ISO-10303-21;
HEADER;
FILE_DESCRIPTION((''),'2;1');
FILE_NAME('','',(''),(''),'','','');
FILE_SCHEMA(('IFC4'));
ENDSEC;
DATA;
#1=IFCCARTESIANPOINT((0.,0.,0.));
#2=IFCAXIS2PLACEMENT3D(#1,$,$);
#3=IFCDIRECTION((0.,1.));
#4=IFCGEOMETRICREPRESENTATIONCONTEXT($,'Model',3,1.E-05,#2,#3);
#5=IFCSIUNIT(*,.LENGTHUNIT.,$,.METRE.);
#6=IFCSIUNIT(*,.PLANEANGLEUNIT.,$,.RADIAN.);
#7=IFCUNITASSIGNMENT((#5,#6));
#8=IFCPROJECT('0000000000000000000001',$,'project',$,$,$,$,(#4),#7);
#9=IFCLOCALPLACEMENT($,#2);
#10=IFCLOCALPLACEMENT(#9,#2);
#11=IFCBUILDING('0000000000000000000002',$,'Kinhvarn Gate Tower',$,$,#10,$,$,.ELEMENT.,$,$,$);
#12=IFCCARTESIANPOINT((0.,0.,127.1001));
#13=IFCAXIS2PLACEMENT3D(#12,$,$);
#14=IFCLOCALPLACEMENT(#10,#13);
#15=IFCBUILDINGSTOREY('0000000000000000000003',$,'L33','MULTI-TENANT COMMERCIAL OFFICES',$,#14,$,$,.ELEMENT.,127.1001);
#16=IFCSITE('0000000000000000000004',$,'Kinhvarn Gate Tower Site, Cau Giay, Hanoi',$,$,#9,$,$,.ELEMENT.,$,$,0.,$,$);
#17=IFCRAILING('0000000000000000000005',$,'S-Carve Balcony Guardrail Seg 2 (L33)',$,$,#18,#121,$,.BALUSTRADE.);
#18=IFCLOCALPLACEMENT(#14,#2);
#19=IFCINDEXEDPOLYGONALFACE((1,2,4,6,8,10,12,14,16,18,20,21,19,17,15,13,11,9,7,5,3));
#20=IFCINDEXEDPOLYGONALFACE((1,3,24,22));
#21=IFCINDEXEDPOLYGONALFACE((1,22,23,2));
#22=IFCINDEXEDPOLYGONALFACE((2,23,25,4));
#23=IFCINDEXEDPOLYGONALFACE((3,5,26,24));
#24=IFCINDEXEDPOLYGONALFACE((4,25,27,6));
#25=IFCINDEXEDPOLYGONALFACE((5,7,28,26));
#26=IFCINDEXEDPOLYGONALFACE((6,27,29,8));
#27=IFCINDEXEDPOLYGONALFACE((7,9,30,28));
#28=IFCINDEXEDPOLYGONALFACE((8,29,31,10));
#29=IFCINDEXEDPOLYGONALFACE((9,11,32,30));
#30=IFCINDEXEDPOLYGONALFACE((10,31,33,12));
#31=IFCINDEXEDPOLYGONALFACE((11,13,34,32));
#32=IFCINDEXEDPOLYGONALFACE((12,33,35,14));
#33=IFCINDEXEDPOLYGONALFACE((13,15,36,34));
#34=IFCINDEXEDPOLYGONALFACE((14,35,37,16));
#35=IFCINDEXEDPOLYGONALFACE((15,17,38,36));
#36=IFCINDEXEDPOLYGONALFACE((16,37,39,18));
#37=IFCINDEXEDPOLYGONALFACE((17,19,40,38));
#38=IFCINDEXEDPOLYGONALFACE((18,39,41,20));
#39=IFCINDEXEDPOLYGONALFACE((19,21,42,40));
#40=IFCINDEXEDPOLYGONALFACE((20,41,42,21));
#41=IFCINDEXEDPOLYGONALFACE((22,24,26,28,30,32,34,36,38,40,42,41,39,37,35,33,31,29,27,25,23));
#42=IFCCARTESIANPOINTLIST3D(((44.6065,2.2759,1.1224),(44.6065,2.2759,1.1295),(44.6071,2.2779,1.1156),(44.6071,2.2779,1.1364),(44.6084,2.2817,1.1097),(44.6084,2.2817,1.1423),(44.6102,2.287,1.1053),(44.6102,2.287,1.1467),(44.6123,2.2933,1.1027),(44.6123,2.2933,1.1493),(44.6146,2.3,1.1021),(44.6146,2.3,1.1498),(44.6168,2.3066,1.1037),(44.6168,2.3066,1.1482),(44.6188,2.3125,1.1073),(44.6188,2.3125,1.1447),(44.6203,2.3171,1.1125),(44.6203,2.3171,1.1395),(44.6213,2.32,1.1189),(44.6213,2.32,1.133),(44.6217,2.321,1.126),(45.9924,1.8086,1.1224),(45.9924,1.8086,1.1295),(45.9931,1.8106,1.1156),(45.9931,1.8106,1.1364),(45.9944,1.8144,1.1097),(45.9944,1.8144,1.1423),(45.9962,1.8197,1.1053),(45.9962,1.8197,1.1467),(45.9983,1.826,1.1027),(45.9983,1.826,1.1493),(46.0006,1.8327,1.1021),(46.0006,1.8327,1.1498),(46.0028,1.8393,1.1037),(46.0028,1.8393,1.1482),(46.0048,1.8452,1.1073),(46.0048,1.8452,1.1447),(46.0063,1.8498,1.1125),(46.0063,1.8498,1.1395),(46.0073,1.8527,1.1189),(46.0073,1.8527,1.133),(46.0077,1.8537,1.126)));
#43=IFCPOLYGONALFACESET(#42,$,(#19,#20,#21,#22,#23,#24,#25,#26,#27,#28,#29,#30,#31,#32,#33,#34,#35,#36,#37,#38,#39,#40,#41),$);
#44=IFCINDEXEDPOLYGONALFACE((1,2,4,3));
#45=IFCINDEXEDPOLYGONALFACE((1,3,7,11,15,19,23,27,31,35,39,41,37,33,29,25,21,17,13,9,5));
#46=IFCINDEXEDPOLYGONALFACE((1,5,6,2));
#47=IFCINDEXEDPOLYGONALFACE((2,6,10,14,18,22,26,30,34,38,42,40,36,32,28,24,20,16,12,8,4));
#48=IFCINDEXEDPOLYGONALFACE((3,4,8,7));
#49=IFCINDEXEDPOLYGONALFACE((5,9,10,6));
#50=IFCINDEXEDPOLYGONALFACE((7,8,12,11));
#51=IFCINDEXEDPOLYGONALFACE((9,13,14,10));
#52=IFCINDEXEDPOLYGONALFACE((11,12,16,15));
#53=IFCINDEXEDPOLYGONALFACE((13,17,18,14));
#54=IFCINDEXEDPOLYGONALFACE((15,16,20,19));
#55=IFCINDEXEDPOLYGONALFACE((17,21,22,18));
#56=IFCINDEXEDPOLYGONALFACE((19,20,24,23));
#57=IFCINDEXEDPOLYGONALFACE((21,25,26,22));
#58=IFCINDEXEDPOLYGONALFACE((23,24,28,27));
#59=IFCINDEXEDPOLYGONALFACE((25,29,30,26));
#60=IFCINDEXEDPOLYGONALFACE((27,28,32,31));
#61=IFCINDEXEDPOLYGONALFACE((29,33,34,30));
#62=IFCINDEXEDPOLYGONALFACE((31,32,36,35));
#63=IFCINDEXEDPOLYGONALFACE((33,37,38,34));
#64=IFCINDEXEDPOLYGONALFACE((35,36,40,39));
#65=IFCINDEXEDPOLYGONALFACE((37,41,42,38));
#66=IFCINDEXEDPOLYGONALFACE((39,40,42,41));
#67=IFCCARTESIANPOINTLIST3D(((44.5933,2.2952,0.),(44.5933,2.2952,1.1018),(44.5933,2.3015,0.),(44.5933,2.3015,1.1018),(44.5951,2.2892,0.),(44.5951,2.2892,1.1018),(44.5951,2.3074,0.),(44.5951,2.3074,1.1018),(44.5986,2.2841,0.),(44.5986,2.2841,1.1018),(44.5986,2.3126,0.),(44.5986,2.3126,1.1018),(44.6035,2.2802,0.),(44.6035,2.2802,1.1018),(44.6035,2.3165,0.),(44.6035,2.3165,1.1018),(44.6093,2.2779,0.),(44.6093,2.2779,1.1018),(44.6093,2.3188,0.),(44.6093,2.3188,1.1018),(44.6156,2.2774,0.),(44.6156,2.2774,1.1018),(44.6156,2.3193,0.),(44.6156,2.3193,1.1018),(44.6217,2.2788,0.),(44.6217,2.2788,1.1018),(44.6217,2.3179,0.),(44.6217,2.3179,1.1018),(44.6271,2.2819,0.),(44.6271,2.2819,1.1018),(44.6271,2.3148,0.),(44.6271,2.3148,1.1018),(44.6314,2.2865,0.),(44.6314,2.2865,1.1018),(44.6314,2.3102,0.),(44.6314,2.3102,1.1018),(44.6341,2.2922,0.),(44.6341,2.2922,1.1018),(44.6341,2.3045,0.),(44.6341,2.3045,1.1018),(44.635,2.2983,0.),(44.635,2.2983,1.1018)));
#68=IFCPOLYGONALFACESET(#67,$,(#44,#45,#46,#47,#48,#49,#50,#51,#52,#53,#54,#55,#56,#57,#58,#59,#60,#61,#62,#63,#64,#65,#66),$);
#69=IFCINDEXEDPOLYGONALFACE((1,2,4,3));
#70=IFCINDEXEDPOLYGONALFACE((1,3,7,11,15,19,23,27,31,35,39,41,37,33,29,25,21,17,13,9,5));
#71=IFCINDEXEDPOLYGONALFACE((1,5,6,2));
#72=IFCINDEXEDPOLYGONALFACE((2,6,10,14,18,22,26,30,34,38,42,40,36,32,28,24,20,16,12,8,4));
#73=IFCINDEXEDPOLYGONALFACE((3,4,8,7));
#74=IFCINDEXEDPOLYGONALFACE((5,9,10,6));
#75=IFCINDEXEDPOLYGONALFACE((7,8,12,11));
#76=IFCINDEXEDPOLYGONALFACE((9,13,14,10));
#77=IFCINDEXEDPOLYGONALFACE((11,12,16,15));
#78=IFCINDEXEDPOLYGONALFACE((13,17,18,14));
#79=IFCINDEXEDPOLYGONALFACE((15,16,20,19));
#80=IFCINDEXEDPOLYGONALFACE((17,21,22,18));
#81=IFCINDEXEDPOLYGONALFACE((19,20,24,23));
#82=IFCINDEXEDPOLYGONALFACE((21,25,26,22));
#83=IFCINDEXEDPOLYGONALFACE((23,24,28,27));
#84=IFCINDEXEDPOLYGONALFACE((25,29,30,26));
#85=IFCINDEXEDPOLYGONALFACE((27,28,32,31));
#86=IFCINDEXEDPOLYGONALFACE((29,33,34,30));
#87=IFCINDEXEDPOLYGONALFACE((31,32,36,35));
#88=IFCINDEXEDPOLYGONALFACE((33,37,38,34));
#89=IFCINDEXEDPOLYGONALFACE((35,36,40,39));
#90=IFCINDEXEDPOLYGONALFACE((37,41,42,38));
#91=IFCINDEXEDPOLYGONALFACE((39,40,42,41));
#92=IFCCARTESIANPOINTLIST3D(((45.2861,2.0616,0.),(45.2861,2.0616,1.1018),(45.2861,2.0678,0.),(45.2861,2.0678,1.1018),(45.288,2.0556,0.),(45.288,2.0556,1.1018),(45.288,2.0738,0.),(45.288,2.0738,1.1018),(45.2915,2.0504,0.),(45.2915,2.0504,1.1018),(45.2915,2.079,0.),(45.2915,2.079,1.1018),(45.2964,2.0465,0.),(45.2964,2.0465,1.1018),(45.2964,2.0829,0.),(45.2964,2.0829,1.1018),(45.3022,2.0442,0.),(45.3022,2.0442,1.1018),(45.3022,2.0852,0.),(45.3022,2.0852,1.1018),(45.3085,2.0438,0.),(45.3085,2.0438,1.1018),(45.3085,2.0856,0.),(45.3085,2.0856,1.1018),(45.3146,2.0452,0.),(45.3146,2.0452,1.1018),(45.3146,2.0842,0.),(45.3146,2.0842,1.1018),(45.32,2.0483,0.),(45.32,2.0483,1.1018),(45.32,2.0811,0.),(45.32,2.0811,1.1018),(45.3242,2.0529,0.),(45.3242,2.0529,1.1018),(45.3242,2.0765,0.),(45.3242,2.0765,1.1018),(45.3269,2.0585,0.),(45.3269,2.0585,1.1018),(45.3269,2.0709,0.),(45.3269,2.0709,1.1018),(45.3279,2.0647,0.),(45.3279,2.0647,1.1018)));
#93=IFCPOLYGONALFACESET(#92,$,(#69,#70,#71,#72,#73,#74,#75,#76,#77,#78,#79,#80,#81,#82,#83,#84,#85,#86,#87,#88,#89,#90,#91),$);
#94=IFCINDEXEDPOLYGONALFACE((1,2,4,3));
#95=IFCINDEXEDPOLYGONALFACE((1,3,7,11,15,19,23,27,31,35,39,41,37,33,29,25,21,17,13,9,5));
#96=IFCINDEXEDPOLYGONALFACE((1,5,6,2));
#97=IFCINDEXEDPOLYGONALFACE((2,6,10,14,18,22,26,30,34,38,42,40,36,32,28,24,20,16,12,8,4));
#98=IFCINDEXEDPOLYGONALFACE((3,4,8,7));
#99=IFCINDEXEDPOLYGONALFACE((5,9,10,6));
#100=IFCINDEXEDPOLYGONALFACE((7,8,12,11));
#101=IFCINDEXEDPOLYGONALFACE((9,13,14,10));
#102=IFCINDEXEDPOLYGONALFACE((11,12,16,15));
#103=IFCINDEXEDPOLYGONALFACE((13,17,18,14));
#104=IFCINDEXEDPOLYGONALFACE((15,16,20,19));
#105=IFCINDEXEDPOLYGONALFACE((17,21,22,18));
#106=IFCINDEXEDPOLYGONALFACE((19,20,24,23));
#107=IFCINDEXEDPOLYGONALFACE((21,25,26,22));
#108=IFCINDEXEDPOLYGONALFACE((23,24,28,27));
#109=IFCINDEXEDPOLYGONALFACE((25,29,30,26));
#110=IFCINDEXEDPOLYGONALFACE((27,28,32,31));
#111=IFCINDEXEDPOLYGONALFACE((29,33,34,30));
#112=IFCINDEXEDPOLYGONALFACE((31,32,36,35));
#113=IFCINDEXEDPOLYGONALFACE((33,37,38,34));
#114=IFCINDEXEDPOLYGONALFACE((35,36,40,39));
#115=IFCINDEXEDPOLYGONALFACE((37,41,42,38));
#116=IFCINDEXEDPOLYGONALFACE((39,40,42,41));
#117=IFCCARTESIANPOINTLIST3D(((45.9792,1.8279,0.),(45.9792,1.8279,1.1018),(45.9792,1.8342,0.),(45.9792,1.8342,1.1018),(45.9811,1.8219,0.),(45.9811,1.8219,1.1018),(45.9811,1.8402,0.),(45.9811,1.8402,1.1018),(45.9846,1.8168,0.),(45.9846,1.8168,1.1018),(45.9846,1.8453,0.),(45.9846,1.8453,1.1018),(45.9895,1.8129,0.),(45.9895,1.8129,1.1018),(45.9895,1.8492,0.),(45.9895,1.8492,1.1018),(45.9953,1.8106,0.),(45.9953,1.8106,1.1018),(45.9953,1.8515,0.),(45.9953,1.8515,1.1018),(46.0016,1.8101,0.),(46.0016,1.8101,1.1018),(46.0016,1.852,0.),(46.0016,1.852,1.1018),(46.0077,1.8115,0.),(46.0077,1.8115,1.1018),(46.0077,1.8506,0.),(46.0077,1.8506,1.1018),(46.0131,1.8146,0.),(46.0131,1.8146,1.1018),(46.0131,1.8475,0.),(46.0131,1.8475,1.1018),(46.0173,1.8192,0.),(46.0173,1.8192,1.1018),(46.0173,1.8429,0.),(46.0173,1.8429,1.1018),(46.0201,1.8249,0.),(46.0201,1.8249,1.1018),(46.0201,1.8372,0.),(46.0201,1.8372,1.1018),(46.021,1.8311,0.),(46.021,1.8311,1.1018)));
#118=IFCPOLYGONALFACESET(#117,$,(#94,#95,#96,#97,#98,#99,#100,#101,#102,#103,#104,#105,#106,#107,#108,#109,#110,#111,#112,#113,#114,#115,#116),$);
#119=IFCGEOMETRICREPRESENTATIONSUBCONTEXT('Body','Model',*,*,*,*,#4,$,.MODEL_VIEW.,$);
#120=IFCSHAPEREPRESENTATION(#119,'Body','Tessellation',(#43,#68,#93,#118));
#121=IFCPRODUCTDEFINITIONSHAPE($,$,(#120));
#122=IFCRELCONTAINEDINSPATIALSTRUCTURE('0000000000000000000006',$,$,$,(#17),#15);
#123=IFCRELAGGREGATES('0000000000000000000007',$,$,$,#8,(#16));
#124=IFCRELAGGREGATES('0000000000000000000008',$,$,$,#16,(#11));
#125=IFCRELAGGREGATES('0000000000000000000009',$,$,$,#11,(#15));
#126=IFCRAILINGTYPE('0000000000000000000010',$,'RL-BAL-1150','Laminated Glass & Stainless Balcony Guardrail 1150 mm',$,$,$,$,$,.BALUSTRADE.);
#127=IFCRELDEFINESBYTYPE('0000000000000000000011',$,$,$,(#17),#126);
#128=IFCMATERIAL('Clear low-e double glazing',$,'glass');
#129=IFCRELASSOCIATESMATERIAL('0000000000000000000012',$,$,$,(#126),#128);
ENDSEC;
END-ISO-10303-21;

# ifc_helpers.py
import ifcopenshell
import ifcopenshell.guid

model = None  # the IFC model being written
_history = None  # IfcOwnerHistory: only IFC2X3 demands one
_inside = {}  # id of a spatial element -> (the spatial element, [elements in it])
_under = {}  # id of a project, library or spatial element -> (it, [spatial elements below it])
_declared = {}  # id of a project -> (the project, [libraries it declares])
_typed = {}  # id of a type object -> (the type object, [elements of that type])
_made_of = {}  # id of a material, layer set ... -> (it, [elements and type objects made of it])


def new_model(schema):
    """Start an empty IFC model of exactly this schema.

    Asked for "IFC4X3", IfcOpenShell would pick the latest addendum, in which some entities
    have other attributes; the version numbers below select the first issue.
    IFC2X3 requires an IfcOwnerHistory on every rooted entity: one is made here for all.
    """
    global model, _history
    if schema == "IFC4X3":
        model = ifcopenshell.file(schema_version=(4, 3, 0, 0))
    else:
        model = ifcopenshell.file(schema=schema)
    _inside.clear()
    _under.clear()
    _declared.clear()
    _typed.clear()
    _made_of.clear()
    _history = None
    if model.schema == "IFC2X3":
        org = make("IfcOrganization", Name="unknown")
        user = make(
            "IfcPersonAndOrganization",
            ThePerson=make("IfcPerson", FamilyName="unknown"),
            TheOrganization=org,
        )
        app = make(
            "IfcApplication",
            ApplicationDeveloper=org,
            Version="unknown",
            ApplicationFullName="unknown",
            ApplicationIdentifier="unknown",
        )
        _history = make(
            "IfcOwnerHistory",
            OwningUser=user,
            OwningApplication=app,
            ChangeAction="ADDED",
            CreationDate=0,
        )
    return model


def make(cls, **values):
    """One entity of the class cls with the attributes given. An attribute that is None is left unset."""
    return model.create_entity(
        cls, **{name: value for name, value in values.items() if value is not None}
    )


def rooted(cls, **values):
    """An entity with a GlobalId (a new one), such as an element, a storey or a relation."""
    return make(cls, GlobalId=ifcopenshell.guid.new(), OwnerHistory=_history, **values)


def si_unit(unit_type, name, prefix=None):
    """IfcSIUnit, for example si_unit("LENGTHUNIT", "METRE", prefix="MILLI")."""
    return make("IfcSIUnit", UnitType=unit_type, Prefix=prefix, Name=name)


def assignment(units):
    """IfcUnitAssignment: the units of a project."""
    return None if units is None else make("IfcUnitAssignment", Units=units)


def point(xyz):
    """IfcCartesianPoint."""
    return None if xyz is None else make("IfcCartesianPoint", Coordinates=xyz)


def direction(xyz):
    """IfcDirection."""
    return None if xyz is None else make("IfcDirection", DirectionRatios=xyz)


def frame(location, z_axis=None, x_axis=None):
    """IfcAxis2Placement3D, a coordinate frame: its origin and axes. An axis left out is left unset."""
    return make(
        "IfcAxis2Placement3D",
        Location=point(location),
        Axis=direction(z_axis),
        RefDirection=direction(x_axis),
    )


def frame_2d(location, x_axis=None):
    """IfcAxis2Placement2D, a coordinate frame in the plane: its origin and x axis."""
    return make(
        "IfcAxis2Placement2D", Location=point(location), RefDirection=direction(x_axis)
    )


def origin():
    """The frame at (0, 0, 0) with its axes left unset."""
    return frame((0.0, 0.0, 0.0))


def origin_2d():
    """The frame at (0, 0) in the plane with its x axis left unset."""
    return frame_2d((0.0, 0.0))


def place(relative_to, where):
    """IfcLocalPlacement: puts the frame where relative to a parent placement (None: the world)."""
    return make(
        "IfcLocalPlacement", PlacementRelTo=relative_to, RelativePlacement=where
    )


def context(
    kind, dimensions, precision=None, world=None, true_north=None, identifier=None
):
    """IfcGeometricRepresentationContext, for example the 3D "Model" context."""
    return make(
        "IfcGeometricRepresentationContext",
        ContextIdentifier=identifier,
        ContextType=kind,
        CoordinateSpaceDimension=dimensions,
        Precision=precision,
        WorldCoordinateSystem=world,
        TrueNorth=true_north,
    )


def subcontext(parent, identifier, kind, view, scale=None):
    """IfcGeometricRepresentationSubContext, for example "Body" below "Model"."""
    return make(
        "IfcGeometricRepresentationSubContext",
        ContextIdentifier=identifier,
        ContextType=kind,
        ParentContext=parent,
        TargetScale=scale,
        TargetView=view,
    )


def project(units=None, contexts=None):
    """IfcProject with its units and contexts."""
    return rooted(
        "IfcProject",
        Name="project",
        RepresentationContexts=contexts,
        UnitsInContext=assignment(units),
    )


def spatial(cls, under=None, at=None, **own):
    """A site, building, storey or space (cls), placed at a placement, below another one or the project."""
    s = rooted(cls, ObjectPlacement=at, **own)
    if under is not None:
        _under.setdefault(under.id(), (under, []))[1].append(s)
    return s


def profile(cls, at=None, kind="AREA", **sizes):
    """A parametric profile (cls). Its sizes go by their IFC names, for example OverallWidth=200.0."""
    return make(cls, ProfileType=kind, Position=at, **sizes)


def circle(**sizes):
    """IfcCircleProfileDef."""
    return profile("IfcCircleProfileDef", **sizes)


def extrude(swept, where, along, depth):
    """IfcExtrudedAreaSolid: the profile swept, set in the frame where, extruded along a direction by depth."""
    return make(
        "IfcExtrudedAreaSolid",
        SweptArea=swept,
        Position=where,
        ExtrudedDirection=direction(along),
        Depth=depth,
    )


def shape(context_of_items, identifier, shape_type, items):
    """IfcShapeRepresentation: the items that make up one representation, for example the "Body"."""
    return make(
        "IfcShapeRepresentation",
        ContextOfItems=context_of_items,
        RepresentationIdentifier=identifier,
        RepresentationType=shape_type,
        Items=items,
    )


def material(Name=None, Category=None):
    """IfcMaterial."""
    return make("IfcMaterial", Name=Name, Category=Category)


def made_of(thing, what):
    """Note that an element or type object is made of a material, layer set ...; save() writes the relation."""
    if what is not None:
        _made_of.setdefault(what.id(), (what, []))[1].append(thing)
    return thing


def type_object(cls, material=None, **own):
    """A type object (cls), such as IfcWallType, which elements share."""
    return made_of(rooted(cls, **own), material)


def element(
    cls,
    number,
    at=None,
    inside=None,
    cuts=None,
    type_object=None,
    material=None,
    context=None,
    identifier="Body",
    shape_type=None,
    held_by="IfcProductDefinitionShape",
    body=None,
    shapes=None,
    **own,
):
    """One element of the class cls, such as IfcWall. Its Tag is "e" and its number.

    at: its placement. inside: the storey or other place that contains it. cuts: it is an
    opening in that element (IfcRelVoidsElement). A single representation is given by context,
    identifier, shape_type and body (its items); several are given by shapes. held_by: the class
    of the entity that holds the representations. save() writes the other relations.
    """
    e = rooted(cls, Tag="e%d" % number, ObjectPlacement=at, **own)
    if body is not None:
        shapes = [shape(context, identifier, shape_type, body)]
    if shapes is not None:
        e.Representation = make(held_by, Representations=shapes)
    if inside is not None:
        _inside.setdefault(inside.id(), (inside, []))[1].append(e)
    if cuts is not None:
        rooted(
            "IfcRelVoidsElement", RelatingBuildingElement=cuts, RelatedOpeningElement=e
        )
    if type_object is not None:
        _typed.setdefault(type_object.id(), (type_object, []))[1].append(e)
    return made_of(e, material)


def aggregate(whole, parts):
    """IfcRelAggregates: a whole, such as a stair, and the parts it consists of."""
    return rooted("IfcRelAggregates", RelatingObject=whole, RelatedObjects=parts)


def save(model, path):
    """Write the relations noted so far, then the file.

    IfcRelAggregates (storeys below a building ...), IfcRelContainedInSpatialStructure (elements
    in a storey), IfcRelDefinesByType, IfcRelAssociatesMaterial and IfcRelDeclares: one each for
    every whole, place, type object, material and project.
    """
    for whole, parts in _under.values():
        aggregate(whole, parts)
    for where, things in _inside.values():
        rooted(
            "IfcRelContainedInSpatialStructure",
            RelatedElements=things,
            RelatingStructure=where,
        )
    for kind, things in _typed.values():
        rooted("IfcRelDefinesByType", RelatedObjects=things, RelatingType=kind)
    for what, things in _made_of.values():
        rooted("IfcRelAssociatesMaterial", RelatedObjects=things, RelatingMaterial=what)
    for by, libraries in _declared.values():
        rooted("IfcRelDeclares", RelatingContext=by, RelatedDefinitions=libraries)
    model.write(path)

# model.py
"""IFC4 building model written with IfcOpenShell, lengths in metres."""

from ifc_helpers import new_model, si_unit, direction, frame, origin, origin_2d, place, context, subcontext, project, spatial, circle, extrude, material, type_object, element, save


model = new_model("IFC4")

# Units and contexts
model_context = context("Model", 3, precision=1e-05, world=origin(), true_north=direction((0.0, 1.0)))
body_context = subcontext(model_context, "Body", "Model", "MODEL_VIEW")
ifc_project = project(units=[si_unit("LENGTHUNIT", "METRE"), si_unit("PLANEANGLEUNIT", "RADIAN")], contexts=[model_context])

# Site, building, storey
site_placement = place(None, origin())
site = spatial("IfcSite", under=ifc_project, at=site_placement, Name="Kinhvarn Gate Tower Site, Cau Giay, Hanoi", CompositionType="ELEMENT", RefElevation=0.0)
building_placement = place(site_placement, origin())
building = spatial("IfcBuilding", under=site, at=building_placement, Name="Kinhvarn Gate Tower", CompositionType="ELEMENT")
storey_placement = place(building_placement, frame((0.0, 0.0, 127.1001)))
storey = spatial("IfcBuildingStorey", under=building, at=storey_placement, Name="L33", Description="MULTI-TENANT COMMERCIAL OFFICES", CompositionType="ELEMENT", Elevation=127.1001)

# Shared definitions
ifc_material_1 = material(Name="Clear low-e double glazing", Category="glass")

# Railing
railing_type = type_object("IfcRailingType", Name="RL-BAL-1150", Description="Laminated Glass & Stainless Balcony Guardrail 1150 mm", PredefinedType="BALUSTRADE", material=ifc_material_1)
railing_1_placement = place(storey_placement, frame((44.614, 2.2983, 0.0)))
element("IfcRailing", 1, at=railing_1_placement, inside=storey, type_object=railing_type, Name="S-Carve Balcony Guardrail Seg 2 (L33)", PredefinedType="BALUSTRADE", context=body_context, shape_type="SweptSolid", body=[
    extrude(circle(Radius=0.0239, at=origin_2d()), frame((0.0, 0.0, 1.126), z_axis=(0.947593, -0.319481, 0.0), x_axis=(0.319481, 0.947593, 0.0)), (0.0, 0.0, 1.0), 1.4626),
    extrude(circle(Radius=0.021, at=origin_2d()), origin(), (0.0, 0.0, 1.0), 1.1018),
    extrude(circle(Radius=0.021, at=origin_2d()), frame((0.6929, -0.2336, 0.0)), (0.0, 0.0, 1.0), 1.1018),
    extrude(circle(Radius=0.021, at=origin_2d()), frame((1.386, -0.4673, 0.0)), (0.0, 0.0, 1.0), 1.1018),
])

save(model, "model.ifc")
